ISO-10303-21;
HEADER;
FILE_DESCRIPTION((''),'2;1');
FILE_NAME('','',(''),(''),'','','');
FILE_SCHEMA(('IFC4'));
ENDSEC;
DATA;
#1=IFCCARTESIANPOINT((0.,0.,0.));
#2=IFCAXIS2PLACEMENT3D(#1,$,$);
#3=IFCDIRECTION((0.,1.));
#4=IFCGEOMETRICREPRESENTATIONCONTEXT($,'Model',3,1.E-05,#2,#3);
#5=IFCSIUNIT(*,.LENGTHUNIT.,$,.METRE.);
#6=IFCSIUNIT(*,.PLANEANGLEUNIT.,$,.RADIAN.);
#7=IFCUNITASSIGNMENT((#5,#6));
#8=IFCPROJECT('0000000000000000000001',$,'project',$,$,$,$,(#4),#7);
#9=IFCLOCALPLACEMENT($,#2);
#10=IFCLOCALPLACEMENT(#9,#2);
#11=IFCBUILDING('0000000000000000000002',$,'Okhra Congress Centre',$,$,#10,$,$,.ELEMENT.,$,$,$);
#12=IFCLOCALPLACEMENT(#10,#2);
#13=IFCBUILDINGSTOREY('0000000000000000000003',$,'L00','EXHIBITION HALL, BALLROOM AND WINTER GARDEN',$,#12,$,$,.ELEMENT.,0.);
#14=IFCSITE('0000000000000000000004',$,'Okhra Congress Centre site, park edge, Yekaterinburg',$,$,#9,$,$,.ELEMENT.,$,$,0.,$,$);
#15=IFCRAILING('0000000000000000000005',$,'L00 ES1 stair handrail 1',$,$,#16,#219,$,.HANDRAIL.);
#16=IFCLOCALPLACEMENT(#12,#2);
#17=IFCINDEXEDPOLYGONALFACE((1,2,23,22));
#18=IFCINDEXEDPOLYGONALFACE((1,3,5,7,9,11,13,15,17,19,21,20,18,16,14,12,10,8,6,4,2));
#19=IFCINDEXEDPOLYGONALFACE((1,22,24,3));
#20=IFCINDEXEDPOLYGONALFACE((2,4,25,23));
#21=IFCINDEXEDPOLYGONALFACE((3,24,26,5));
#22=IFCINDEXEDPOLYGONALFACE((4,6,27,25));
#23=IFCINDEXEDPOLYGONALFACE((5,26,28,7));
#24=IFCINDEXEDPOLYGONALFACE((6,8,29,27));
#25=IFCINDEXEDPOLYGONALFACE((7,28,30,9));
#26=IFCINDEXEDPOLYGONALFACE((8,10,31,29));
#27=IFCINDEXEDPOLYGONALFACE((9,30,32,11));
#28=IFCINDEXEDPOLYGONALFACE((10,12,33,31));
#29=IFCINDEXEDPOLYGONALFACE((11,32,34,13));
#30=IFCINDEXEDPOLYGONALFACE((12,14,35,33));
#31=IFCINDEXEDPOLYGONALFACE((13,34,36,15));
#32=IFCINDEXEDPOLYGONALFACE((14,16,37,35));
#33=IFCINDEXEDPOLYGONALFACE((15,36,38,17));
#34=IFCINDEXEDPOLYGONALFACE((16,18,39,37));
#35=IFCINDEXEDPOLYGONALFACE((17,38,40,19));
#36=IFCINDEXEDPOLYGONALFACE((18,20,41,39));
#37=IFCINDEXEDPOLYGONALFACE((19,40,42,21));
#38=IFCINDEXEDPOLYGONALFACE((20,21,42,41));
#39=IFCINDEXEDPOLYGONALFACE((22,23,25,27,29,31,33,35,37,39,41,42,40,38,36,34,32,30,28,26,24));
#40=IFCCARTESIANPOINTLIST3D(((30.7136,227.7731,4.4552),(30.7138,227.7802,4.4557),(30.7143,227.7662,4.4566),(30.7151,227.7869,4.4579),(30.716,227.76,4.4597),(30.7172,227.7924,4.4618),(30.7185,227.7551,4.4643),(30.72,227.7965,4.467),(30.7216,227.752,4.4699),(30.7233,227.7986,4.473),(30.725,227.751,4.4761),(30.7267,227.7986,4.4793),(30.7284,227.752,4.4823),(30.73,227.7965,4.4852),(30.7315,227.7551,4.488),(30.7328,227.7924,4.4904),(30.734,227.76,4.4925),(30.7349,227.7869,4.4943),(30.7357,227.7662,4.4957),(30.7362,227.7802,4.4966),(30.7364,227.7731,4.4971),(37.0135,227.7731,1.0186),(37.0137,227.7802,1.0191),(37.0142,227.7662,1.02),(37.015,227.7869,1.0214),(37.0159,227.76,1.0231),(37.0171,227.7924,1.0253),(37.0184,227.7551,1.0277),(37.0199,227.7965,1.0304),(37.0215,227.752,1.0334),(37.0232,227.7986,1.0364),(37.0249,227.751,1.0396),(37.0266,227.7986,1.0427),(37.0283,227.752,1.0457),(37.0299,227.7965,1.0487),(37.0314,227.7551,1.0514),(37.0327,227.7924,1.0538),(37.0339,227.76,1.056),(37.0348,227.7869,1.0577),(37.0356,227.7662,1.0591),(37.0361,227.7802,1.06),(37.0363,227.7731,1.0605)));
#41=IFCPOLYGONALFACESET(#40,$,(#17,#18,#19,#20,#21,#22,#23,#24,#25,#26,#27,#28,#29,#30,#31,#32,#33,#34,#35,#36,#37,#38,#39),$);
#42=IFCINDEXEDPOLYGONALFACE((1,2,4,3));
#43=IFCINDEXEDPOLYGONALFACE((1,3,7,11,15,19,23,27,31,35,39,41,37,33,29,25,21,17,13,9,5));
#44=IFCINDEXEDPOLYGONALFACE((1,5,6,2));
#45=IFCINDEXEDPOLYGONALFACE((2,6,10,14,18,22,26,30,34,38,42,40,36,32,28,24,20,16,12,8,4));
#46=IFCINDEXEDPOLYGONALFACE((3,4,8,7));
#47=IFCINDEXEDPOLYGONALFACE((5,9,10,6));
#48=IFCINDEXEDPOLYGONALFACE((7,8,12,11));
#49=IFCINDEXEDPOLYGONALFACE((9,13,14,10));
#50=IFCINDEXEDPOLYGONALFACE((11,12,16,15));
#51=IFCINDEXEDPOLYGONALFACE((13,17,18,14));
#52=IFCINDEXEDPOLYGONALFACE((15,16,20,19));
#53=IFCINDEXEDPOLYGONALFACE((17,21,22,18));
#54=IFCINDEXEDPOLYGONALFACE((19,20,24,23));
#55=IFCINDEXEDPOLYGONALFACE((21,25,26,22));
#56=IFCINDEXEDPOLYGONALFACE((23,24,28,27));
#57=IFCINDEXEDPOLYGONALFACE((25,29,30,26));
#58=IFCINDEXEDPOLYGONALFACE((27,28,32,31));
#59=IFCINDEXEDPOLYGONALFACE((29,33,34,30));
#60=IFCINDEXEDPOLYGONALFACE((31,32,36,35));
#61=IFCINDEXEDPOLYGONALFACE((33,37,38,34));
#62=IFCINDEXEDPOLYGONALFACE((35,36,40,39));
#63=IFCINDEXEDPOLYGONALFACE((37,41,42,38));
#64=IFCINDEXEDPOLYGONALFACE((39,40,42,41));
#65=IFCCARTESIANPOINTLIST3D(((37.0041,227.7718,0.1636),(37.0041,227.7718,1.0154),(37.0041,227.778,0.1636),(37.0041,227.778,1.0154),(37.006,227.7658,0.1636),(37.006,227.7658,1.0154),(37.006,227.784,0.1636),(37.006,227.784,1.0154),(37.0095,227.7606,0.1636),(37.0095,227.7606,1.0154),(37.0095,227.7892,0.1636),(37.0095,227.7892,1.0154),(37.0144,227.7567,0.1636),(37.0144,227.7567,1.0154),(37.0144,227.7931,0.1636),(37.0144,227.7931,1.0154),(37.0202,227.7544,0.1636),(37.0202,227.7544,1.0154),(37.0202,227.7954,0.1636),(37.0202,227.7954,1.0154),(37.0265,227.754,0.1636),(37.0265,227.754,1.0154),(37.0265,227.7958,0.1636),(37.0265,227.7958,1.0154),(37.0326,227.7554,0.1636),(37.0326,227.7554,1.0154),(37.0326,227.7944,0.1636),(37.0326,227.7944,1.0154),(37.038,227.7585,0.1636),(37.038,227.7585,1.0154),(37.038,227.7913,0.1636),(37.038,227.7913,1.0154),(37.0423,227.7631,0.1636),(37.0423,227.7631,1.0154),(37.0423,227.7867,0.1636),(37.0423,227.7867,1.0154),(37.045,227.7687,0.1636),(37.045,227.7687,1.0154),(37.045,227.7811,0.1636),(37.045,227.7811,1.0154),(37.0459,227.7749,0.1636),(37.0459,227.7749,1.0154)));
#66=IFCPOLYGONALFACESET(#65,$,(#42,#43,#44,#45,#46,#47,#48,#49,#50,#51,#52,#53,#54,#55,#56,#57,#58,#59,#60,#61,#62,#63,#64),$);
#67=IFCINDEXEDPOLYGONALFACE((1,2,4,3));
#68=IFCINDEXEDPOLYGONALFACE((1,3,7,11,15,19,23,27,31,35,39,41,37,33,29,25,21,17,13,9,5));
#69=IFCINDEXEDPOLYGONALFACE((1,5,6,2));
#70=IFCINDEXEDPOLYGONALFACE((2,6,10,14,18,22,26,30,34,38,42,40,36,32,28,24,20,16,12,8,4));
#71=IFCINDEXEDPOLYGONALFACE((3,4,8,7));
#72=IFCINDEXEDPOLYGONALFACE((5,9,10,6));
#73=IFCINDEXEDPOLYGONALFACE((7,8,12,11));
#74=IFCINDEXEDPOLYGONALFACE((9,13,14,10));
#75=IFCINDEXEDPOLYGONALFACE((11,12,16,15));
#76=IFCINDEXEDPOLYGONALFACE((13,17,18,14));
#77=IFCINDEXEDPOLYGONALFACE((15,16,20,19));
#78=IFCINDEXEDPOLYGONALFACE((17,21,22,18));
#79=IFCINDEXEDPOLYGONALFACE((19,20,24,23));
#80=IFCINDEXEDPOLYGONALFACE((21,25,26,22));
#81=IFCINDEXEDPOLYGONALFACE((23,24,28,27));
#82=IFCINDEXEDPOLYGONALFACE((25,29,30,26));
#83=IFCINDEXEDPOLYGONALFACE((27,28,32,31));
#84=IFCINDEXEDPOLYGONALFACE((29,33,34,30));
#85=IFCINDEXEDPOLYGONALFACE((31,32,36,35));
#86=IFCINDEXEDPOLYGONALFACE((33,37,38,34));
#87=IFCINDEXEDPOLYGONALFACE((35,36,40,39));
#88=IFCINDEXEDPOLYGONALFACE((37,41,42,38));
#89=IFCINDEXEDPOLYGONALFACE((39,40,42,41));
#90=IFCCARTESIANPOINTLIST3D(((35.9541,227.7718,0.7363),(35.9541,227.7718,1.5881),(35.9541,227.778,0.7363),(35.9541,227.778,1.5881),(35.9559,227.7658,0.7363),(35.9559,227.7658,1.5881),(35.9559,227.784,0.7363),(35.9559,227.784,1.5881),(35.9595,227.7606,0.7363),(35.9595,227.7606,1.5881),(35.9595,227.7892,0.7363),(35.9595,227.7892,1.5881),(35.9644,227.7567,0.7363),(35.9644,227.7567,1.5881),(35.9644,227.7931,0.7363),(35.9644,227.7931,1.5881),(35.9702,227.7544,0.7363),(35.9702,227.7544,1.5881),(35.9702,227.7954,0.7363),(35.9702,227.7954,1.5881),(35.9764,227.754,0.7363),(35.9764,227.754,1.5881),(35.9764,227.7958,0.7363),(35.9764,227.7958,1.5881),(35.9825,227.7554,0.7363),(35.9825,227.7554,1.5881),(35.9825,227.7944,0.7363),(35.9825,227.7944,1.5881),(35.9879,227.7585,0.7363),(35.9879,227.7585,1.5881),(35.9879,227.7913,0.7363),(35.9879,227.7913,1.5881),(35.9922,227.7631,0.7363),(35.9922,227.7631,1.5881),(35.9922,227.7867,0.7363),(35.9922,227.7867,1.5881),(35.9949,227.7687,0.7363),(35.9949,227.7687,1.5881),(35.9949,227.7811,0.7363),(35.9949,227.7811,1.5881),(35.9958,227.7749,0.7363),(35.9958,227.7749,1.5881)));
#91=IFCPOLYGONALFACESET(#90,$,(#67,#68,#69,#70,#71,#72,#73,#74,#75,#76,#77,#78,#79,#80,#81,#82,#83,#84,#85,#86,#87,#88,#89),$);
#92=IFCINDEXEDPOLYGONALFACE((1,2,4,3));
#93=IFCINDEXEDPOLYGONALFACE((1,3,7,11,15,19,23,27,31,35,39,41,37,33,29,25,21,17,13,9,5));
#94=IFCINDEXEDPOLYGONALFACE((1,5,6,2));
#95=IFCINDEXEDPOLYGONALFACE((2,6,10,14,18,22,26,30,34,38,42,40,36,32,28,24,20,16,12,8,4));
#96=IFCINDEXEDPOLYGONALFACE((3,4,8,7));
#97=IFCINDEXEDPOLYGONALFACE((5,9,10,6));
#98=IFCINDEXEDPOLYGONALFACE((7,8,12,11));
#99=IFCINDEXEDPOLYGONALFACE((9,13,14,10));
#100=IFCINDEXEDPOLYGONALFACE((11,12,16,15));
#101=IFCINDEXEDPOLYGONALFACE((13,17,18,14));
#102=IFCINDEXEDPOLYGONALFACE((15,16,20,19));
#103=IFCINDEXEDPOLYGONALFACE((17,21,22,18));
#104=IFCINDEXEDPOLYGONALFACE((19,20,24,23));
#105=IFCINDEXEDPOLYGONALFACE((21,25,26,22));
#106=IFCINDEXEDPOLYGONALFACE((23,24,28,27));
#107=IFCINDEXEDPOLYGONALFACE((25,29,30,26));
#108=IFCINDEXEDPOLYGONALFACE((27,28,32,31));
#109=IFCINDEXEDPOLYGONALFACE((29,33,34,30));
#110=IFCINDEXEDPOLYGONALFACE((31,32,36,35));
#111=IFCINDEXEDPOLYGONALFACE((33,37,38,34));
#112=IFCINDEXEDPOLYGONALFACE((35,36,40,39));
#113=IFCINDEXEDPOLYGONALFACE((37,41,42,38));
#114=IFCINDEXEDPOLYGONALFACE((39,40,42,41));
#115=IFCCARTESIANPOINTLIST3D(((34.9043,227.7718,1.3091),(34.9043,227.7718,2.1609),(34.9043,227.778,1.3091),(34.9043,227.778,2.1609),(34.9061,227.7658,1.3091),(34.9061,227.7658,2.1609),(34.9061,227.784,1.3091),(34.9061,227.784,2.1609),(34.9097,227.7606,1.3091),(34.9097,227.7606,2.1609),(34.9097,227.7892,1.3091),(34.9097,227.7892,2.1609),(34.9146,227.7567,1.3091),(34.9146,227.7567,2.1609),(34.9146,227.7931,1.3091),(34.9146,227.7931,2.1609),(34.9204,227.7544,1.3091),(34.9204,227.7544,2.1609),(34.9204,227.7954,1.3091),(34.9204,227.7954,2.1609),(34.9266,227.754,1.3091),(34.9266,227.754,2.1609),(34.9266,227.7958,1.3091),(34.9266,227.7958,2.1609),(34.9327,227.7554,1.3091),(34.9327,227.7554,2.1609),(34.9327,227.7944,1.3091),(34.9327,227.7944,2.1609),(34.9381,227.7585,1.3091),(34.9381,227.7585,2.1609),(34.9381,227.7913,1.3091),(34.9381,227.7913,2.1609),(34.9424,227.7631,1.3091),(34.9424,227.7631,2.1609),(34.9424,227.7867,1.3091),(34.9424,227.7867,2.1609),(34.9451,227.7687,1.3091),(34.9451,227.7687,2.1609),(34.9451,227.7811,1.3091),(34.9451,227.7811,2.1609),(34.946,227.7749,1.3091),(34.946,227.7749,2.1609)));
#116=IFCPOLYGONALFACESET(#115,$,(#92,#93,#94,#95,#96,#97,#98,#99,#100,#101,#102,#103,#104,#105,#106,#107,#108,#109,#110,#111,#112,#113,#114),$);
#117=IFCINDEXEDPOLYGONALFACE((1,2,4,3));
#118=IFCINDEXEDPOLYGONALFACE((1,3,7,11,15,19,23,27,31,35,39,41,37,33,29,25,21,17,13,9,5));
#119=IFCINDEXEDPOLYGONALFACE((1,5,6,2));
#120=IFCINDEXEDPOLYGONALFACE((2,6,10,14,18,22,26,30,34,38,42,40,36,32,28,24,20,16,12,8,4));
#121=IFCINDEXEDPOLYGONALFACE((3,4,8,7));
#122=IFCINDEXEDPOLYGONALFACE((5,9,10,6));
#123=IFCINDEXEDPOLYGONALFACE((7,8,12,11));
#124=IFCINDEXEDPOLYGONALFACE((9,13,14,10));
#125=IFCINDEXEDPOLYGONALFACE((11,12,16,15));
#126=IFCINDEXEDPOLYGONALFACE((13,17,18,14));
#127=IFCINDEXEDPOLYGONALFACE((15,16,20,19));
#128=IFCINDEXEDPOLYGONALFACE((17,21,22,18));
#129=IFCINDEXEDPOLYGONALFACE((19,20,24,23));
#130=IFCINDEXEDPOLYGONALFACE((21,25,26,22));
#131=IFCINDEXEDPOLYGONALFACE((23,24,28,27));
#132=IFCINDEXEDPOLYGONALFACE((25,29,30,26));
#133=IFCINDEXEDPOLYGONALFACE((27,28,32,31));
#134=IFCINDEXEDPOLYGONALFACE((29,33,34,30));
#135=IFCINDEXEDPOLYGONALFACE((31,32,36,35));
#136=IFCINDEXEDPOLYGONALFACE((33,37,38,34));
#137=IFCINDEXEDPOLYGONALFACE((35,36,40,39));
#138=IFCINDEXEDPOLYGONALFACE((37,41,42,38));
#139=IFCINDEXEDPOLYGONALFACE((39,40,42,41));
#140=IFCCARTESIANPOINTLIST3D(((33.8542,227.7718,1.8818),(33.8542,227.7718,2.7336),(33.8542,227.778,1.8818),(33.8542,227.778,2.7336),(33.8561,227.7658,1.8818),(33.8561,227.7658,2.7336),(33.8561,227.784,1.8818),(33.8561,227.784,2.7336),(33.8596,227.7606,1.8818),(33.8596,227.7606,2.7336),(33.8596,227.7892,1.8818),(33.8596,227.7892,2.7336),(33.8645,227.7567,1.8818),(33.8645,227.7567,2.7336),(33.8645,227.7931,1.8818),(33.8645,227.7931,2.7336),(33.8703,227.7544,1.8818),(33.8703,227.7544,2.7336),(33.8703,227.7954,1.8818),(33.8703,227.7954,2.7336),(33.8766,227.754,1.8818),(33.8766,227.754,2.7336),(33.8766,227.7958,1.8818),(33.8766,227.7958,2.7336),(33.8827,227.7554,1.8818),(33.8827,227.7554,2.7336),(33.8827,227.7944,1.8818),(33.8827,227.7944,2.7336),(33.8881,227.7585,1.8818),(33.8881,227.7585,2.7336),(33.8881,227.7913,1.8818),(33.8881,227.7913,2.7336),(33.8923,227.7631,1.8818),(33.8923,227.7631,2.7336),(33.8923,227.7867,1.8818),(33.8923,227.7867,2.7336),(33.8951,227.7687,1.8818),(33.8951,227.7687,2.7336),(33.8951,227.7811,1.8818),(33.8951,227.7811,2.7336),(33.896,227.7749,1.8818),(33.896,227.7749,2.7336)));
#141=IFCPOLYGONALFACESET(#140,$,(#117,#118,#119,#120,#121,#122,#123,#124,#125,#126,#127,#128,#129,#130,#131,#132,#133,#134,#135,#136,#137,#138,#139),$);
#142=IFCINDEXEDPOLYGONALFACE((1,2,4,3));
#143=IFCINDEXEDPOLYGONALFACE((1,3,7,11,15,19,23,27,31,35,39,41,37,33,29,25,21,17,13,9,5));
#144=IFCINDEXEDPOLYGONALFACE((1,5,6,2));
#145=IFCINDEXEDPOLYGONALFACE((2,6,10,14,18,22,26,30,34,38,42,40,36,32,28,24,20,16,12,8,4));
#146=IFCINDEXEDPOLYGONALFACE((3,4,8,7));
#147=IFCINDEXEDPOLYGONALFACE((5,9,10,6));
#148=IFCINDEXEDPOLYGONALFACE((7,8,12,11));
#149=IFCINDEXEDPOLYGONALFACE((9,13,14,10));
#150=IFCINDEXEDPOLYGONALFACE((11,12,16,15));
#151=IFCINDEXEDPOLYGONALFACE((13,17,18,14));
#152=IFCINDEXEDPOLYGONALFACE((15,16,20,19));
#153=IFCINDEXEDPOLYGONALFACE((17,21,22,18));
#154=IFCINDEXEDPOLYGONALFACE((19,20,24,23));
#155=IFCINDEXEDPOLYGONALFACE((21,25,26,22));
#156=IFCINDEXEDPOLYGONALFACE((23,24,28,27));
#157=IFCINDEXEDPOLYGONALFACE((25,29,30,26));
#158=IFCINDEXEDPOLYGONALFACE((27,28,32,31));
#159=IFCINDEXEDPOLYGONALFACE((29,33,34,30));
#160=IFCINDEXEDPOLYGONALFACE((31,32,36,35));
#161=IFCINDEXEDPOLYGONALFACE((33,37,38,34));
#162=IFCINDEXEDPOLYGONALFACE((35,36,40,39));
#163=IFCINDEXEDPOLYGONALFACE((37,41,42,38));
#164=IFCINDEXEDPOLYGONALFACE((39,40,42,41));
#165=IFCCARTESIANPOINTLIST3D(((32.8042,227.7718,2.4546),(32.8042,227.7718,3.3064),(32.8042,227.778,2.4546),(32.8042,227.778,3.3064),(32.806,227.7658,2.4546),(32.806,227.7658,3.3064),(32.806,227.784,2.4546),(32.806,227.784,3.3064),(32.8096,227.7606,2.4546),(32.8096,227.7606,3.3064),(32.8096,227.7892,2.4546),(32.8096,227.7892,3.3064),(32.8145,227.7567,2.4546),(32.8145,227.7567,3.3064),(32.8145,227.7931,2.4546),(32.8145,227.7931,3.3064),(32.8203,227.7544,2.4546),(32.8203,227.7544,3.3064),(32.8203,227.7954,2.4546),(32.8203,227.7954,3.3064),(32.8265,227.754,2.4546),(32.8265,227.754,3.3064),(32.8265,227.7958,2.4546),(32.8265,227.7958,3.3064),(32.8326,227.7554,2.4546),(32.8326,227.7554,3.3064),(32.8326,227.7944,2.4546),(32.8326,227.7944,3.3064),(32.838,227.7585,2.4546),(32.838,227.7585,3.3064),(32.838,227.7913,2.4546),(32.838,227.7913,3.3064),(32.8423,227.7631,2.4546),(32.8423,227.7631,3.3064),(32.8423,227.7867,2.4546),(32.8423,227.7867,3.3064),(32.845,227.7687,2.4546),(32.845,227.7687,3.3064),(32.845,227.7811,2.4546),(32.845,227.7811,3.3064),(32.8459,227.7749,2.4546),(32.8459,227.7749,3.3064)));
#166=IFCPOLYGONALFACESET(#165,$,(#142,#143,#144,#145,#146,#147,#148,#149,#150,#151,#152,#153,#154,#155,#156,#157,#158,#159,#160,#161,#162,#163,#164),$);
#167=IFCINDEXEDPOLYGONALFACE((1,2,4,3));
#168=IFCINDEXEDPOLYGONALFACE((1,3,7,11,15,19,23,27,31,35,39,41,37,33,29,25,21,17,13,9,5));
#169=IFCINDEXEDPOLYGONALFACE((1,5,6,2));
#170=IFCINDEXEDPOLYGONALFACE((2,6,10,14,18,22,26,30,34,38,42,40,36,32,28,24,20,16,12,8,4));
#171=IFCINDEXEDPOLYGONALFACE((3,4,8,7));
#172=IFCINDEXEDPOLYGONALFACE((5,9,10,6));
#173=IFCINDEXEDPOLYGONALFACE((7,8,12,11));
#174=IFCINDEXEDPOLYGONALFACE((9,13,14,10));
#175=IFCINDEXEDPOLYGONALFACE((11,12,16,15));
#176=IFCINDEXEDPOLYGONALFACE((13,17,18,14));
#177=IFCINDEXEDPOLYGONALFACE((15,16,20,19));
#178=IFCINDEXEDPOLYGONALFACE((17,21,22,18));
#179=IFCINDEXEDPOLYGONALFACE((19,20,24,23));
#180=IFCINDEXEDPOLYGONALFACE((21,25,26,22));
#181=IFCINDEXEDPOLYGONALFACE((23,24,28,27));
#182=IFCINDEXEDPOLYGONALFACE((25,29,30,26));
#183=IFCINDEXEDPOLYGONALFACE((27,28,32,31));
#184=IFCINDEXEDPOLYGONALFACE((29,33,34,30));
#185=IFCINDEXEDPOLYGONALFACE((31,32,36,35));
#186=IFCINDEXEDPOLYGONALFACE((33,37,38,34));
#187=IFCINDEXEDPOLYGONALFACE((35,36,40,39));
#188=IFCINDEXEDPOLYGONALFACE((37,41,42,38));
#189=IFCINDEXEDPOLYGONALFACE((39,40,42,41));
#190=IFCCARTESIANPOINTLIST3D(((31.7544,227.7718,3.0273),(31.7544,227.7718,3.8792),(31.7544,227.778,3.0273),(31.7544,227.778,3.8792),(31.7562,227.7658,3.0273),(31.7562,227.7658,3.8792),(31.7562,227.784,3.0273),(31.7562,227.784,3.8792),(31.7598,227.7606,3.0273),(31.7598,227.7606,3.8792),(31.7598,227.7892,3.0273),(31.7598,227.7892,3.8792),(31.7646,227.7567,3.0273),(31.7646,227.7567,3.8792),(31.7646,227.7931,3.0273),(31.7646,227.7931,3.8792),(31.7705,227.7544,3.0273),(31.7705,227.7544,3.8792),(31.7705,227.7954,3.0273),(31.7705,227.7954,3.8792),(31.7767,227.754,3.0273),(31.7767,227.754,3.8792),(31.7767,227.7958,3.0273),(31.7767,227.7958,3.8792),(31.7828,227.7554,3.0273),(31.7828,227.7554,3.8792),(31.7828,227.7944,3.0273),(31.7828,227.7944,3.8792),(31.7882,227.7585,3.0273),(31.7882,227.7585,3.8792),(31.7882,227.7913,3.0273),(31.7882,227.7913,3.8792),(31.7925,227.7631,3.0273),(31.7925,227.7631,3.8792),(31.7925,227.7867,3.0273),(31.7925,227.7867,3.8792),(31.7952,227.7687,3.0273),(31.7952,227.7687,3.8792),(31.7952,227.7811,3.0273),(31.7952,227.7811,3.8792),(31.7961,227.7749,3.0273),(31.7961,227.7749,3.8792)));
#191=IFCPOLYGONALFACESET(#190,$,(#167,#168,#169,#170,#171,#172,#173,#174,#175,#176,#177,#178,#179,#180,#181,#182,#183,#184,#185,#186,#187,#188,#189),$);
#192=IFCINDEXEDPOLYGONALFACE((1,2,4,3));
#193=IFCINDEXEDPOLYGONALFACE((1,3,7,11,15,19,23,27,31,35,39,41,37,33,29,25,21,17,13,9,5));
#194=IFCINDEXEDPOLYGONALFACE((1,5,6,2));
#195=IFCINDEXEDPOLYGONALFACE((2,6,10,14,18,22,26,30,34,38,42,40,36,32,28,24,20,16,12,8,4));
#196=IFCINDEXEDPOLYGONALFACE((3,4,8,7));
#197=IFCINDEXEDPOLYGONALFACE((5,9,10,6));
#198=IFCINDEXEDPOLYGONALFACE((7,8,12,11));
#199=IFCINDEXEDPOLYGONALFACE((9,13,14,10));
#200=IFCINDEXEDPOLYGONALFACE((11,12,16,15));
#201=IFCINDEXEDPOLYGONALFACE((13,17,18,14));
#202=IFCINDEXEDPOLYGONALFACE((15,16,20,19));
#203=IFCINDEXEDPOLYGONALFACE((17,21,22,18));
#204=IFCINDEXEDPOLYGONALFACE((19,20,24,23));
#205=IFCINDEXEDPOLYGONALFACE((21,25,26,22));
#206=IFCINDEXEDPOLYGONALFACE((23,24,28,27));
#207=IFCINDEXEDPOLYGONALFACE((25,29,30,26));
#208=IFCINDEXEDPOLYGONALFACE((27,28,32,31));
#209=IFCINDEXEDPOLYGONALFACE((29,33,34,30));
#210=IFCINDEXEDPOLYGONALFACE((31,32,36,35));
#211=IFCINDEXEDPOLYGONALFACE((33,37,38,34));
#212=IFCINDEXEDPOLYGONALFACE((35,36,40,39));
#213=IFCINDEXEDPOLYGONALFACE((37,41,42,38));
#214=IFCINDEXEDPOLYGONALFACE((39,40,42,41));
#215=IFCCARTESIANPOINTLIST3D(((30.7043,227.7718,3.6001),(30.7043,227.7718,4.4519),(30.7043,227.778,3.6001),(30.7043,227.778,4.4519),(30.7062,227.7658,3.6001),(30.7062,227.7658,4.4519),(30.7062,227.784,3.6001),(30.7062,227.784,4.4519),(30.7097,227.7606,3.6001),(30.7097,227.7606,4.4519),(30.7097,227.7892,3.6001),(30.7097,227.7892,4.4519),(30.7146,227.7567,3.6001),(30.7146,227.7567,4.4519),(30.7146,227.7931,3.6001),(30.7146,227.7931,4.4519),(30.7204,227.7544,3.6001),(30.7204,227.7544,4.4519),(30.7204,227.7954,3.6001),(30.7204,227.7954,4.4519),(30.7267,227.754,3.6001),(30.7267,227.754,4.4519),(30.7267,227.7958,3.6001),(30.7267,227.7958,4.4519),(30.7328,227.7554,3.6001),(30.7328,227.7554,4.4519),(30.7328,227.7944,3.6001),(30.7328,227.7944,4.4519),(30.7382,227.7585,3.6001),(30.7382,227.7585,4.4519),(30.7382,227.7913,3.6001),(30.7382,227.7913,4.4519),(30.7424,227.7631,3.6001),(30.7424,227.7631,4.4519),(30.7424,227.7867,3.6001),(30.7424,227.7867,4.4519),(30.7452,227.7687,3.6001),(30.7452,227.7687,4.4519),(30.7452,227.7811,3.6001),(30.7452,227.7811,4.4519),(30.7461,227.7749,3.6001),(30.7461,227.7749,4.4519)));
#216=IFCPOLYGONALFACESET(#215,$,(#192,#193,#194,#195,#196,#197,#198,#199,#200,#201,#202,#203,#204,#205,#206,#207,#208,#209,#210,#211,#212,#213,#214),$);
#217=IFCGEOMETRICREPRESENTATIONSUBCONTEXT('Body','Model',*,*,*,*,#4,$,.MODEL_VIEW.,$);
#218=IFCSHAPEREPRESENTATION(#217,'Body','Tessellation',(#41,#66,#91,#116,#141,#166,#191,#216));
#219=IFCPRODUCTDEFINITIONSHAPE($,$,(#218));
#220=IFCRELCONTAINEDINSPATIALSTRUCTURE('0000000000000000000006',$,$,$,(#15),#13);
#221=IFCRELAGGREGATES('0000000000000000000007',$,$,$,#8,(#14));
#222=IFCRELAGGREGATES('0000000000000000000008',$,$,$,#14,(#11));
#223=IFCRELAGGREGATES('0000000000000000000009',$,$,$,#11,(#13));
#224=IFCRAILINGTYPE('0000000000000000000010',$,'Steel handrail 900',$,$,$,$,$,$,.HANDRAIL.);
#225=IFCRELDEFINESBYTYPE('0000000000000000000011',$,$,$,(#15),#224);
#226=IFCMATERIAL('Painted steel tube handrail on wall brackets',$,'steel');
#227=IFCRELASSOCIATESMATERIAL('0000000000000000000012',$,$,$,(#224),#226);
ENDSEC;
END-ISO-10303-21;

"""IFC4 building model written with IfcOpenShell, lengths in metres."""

from ifc_helpers import new_model, si_unit, direction, frame, origin, origin_2d, place, context, subcontext, project, spatial, circle, extrude, material, type_object, element, save


model = new_model("IFC4")

# Units and contexts
model_context = context("Model", 3, precision=1e-05, world=origin(), true_north=direction((0.0, 1.0)))
body_context = subcontext(model_context, "Body", "Model", "MODEL_VIEW")
ifc_project = project(units=[si_unit("LENGTHUNIT", "METRE"), si_unit("PLANEANGLEUNIT", "RADIAN")], contexts=[model_context])

# Site, building, storey
site_placement = place(None, origin())
site = spatial("IfcSite", under=ifc_project, at=site_placement, Name="Okhra Congress Centre site, park edge, Yekaterinburg", CompositionType="ELEMENT", RefElevation=0.0)
building_placement = place(site_placement, origin())
building = spatial("IfcBuilding", under=site, at=building_placement, Name="Okhra Congress Centre", CompositionType="ELEMENT")
storey_placement = place(building_placement, origin())
storey = spatial("IfcBuildingStorey", under=building, at=storey_placement, Name="L00", Description="EXHIBITION HALL, BALLROOM AND WINTER GARDEN", CompositionType="ELEMENT", Elevation=0.0)

# Railing
ifc_material_1 = material(Name="Painted steel tube handrail on wall brackets", Category="steel")
railing_type_1 = type_object("IfcRailingType", Name="Steel handrail 900", PredefinedType="HANDRAIL", material=ifc_material_1)
railing_1_placement = place(storey_placement, frame((37.0249, 227.7749, 0.1636)))
element("IfcRailing", 1, at=railing_1_placement, inside=storey, type_object=railing_type_1, Name="L00 ES1 stair handrail 1", PredefinedType="HANDRAIL", context=body_context, shape_type="SweptSolid", body=[
    extrude(circle(Radius=0.0239, at=origin_2d()), frame((0.0, 0.0, 0.876), z_axis=(-0.87788, 0.0, 0.478881), x_axis=(0.0, -1.0, 0.0)), (0.0, 0.0, 1.0), 7.1763),
    extrude(circle(Radius=0.021, at=origin_2d()), origin(), (0.0, 0.0, 1.0), 0.8518),
    extrude(circle(Radius=0.021, at=origin_2d()), frame((-1.05, 0.0, 0.5728)), (0.0, 0.0, 1.0), 0.8518),
    extrude(circle(Radius=0.021, at=origin_2d()), frame((-2.0999, 0.0, 1.1455)), (0.0, 0.0, 1.0), 0.8518),
    extrude(circle(Radius=0.021, at=origin_2d()), frame((-3.1499, 0.0, 1.7183)), (0.0, 0.0, 1.0), 0.8518),
    extrude(circle(Radius=0.021, at=origin_2d()), frame((-4.2, 0.0, 2.291)), (0.0, 0.0, 1.0), 0.8518),
    extrude(circle(Radius=0.021, at=origin_2d()), frame((-5.2498, 0.0, 2.8638)), (0.0, 0.0, 1.0), 0.8518),
    extrude(circle(Radius=0.021, at=origin_2d()), frame((-6.2998, 0.0, 3.4365)), (0.0, 0.0, 1.0), 0.8518),
])

save(model, "model.ifc")
